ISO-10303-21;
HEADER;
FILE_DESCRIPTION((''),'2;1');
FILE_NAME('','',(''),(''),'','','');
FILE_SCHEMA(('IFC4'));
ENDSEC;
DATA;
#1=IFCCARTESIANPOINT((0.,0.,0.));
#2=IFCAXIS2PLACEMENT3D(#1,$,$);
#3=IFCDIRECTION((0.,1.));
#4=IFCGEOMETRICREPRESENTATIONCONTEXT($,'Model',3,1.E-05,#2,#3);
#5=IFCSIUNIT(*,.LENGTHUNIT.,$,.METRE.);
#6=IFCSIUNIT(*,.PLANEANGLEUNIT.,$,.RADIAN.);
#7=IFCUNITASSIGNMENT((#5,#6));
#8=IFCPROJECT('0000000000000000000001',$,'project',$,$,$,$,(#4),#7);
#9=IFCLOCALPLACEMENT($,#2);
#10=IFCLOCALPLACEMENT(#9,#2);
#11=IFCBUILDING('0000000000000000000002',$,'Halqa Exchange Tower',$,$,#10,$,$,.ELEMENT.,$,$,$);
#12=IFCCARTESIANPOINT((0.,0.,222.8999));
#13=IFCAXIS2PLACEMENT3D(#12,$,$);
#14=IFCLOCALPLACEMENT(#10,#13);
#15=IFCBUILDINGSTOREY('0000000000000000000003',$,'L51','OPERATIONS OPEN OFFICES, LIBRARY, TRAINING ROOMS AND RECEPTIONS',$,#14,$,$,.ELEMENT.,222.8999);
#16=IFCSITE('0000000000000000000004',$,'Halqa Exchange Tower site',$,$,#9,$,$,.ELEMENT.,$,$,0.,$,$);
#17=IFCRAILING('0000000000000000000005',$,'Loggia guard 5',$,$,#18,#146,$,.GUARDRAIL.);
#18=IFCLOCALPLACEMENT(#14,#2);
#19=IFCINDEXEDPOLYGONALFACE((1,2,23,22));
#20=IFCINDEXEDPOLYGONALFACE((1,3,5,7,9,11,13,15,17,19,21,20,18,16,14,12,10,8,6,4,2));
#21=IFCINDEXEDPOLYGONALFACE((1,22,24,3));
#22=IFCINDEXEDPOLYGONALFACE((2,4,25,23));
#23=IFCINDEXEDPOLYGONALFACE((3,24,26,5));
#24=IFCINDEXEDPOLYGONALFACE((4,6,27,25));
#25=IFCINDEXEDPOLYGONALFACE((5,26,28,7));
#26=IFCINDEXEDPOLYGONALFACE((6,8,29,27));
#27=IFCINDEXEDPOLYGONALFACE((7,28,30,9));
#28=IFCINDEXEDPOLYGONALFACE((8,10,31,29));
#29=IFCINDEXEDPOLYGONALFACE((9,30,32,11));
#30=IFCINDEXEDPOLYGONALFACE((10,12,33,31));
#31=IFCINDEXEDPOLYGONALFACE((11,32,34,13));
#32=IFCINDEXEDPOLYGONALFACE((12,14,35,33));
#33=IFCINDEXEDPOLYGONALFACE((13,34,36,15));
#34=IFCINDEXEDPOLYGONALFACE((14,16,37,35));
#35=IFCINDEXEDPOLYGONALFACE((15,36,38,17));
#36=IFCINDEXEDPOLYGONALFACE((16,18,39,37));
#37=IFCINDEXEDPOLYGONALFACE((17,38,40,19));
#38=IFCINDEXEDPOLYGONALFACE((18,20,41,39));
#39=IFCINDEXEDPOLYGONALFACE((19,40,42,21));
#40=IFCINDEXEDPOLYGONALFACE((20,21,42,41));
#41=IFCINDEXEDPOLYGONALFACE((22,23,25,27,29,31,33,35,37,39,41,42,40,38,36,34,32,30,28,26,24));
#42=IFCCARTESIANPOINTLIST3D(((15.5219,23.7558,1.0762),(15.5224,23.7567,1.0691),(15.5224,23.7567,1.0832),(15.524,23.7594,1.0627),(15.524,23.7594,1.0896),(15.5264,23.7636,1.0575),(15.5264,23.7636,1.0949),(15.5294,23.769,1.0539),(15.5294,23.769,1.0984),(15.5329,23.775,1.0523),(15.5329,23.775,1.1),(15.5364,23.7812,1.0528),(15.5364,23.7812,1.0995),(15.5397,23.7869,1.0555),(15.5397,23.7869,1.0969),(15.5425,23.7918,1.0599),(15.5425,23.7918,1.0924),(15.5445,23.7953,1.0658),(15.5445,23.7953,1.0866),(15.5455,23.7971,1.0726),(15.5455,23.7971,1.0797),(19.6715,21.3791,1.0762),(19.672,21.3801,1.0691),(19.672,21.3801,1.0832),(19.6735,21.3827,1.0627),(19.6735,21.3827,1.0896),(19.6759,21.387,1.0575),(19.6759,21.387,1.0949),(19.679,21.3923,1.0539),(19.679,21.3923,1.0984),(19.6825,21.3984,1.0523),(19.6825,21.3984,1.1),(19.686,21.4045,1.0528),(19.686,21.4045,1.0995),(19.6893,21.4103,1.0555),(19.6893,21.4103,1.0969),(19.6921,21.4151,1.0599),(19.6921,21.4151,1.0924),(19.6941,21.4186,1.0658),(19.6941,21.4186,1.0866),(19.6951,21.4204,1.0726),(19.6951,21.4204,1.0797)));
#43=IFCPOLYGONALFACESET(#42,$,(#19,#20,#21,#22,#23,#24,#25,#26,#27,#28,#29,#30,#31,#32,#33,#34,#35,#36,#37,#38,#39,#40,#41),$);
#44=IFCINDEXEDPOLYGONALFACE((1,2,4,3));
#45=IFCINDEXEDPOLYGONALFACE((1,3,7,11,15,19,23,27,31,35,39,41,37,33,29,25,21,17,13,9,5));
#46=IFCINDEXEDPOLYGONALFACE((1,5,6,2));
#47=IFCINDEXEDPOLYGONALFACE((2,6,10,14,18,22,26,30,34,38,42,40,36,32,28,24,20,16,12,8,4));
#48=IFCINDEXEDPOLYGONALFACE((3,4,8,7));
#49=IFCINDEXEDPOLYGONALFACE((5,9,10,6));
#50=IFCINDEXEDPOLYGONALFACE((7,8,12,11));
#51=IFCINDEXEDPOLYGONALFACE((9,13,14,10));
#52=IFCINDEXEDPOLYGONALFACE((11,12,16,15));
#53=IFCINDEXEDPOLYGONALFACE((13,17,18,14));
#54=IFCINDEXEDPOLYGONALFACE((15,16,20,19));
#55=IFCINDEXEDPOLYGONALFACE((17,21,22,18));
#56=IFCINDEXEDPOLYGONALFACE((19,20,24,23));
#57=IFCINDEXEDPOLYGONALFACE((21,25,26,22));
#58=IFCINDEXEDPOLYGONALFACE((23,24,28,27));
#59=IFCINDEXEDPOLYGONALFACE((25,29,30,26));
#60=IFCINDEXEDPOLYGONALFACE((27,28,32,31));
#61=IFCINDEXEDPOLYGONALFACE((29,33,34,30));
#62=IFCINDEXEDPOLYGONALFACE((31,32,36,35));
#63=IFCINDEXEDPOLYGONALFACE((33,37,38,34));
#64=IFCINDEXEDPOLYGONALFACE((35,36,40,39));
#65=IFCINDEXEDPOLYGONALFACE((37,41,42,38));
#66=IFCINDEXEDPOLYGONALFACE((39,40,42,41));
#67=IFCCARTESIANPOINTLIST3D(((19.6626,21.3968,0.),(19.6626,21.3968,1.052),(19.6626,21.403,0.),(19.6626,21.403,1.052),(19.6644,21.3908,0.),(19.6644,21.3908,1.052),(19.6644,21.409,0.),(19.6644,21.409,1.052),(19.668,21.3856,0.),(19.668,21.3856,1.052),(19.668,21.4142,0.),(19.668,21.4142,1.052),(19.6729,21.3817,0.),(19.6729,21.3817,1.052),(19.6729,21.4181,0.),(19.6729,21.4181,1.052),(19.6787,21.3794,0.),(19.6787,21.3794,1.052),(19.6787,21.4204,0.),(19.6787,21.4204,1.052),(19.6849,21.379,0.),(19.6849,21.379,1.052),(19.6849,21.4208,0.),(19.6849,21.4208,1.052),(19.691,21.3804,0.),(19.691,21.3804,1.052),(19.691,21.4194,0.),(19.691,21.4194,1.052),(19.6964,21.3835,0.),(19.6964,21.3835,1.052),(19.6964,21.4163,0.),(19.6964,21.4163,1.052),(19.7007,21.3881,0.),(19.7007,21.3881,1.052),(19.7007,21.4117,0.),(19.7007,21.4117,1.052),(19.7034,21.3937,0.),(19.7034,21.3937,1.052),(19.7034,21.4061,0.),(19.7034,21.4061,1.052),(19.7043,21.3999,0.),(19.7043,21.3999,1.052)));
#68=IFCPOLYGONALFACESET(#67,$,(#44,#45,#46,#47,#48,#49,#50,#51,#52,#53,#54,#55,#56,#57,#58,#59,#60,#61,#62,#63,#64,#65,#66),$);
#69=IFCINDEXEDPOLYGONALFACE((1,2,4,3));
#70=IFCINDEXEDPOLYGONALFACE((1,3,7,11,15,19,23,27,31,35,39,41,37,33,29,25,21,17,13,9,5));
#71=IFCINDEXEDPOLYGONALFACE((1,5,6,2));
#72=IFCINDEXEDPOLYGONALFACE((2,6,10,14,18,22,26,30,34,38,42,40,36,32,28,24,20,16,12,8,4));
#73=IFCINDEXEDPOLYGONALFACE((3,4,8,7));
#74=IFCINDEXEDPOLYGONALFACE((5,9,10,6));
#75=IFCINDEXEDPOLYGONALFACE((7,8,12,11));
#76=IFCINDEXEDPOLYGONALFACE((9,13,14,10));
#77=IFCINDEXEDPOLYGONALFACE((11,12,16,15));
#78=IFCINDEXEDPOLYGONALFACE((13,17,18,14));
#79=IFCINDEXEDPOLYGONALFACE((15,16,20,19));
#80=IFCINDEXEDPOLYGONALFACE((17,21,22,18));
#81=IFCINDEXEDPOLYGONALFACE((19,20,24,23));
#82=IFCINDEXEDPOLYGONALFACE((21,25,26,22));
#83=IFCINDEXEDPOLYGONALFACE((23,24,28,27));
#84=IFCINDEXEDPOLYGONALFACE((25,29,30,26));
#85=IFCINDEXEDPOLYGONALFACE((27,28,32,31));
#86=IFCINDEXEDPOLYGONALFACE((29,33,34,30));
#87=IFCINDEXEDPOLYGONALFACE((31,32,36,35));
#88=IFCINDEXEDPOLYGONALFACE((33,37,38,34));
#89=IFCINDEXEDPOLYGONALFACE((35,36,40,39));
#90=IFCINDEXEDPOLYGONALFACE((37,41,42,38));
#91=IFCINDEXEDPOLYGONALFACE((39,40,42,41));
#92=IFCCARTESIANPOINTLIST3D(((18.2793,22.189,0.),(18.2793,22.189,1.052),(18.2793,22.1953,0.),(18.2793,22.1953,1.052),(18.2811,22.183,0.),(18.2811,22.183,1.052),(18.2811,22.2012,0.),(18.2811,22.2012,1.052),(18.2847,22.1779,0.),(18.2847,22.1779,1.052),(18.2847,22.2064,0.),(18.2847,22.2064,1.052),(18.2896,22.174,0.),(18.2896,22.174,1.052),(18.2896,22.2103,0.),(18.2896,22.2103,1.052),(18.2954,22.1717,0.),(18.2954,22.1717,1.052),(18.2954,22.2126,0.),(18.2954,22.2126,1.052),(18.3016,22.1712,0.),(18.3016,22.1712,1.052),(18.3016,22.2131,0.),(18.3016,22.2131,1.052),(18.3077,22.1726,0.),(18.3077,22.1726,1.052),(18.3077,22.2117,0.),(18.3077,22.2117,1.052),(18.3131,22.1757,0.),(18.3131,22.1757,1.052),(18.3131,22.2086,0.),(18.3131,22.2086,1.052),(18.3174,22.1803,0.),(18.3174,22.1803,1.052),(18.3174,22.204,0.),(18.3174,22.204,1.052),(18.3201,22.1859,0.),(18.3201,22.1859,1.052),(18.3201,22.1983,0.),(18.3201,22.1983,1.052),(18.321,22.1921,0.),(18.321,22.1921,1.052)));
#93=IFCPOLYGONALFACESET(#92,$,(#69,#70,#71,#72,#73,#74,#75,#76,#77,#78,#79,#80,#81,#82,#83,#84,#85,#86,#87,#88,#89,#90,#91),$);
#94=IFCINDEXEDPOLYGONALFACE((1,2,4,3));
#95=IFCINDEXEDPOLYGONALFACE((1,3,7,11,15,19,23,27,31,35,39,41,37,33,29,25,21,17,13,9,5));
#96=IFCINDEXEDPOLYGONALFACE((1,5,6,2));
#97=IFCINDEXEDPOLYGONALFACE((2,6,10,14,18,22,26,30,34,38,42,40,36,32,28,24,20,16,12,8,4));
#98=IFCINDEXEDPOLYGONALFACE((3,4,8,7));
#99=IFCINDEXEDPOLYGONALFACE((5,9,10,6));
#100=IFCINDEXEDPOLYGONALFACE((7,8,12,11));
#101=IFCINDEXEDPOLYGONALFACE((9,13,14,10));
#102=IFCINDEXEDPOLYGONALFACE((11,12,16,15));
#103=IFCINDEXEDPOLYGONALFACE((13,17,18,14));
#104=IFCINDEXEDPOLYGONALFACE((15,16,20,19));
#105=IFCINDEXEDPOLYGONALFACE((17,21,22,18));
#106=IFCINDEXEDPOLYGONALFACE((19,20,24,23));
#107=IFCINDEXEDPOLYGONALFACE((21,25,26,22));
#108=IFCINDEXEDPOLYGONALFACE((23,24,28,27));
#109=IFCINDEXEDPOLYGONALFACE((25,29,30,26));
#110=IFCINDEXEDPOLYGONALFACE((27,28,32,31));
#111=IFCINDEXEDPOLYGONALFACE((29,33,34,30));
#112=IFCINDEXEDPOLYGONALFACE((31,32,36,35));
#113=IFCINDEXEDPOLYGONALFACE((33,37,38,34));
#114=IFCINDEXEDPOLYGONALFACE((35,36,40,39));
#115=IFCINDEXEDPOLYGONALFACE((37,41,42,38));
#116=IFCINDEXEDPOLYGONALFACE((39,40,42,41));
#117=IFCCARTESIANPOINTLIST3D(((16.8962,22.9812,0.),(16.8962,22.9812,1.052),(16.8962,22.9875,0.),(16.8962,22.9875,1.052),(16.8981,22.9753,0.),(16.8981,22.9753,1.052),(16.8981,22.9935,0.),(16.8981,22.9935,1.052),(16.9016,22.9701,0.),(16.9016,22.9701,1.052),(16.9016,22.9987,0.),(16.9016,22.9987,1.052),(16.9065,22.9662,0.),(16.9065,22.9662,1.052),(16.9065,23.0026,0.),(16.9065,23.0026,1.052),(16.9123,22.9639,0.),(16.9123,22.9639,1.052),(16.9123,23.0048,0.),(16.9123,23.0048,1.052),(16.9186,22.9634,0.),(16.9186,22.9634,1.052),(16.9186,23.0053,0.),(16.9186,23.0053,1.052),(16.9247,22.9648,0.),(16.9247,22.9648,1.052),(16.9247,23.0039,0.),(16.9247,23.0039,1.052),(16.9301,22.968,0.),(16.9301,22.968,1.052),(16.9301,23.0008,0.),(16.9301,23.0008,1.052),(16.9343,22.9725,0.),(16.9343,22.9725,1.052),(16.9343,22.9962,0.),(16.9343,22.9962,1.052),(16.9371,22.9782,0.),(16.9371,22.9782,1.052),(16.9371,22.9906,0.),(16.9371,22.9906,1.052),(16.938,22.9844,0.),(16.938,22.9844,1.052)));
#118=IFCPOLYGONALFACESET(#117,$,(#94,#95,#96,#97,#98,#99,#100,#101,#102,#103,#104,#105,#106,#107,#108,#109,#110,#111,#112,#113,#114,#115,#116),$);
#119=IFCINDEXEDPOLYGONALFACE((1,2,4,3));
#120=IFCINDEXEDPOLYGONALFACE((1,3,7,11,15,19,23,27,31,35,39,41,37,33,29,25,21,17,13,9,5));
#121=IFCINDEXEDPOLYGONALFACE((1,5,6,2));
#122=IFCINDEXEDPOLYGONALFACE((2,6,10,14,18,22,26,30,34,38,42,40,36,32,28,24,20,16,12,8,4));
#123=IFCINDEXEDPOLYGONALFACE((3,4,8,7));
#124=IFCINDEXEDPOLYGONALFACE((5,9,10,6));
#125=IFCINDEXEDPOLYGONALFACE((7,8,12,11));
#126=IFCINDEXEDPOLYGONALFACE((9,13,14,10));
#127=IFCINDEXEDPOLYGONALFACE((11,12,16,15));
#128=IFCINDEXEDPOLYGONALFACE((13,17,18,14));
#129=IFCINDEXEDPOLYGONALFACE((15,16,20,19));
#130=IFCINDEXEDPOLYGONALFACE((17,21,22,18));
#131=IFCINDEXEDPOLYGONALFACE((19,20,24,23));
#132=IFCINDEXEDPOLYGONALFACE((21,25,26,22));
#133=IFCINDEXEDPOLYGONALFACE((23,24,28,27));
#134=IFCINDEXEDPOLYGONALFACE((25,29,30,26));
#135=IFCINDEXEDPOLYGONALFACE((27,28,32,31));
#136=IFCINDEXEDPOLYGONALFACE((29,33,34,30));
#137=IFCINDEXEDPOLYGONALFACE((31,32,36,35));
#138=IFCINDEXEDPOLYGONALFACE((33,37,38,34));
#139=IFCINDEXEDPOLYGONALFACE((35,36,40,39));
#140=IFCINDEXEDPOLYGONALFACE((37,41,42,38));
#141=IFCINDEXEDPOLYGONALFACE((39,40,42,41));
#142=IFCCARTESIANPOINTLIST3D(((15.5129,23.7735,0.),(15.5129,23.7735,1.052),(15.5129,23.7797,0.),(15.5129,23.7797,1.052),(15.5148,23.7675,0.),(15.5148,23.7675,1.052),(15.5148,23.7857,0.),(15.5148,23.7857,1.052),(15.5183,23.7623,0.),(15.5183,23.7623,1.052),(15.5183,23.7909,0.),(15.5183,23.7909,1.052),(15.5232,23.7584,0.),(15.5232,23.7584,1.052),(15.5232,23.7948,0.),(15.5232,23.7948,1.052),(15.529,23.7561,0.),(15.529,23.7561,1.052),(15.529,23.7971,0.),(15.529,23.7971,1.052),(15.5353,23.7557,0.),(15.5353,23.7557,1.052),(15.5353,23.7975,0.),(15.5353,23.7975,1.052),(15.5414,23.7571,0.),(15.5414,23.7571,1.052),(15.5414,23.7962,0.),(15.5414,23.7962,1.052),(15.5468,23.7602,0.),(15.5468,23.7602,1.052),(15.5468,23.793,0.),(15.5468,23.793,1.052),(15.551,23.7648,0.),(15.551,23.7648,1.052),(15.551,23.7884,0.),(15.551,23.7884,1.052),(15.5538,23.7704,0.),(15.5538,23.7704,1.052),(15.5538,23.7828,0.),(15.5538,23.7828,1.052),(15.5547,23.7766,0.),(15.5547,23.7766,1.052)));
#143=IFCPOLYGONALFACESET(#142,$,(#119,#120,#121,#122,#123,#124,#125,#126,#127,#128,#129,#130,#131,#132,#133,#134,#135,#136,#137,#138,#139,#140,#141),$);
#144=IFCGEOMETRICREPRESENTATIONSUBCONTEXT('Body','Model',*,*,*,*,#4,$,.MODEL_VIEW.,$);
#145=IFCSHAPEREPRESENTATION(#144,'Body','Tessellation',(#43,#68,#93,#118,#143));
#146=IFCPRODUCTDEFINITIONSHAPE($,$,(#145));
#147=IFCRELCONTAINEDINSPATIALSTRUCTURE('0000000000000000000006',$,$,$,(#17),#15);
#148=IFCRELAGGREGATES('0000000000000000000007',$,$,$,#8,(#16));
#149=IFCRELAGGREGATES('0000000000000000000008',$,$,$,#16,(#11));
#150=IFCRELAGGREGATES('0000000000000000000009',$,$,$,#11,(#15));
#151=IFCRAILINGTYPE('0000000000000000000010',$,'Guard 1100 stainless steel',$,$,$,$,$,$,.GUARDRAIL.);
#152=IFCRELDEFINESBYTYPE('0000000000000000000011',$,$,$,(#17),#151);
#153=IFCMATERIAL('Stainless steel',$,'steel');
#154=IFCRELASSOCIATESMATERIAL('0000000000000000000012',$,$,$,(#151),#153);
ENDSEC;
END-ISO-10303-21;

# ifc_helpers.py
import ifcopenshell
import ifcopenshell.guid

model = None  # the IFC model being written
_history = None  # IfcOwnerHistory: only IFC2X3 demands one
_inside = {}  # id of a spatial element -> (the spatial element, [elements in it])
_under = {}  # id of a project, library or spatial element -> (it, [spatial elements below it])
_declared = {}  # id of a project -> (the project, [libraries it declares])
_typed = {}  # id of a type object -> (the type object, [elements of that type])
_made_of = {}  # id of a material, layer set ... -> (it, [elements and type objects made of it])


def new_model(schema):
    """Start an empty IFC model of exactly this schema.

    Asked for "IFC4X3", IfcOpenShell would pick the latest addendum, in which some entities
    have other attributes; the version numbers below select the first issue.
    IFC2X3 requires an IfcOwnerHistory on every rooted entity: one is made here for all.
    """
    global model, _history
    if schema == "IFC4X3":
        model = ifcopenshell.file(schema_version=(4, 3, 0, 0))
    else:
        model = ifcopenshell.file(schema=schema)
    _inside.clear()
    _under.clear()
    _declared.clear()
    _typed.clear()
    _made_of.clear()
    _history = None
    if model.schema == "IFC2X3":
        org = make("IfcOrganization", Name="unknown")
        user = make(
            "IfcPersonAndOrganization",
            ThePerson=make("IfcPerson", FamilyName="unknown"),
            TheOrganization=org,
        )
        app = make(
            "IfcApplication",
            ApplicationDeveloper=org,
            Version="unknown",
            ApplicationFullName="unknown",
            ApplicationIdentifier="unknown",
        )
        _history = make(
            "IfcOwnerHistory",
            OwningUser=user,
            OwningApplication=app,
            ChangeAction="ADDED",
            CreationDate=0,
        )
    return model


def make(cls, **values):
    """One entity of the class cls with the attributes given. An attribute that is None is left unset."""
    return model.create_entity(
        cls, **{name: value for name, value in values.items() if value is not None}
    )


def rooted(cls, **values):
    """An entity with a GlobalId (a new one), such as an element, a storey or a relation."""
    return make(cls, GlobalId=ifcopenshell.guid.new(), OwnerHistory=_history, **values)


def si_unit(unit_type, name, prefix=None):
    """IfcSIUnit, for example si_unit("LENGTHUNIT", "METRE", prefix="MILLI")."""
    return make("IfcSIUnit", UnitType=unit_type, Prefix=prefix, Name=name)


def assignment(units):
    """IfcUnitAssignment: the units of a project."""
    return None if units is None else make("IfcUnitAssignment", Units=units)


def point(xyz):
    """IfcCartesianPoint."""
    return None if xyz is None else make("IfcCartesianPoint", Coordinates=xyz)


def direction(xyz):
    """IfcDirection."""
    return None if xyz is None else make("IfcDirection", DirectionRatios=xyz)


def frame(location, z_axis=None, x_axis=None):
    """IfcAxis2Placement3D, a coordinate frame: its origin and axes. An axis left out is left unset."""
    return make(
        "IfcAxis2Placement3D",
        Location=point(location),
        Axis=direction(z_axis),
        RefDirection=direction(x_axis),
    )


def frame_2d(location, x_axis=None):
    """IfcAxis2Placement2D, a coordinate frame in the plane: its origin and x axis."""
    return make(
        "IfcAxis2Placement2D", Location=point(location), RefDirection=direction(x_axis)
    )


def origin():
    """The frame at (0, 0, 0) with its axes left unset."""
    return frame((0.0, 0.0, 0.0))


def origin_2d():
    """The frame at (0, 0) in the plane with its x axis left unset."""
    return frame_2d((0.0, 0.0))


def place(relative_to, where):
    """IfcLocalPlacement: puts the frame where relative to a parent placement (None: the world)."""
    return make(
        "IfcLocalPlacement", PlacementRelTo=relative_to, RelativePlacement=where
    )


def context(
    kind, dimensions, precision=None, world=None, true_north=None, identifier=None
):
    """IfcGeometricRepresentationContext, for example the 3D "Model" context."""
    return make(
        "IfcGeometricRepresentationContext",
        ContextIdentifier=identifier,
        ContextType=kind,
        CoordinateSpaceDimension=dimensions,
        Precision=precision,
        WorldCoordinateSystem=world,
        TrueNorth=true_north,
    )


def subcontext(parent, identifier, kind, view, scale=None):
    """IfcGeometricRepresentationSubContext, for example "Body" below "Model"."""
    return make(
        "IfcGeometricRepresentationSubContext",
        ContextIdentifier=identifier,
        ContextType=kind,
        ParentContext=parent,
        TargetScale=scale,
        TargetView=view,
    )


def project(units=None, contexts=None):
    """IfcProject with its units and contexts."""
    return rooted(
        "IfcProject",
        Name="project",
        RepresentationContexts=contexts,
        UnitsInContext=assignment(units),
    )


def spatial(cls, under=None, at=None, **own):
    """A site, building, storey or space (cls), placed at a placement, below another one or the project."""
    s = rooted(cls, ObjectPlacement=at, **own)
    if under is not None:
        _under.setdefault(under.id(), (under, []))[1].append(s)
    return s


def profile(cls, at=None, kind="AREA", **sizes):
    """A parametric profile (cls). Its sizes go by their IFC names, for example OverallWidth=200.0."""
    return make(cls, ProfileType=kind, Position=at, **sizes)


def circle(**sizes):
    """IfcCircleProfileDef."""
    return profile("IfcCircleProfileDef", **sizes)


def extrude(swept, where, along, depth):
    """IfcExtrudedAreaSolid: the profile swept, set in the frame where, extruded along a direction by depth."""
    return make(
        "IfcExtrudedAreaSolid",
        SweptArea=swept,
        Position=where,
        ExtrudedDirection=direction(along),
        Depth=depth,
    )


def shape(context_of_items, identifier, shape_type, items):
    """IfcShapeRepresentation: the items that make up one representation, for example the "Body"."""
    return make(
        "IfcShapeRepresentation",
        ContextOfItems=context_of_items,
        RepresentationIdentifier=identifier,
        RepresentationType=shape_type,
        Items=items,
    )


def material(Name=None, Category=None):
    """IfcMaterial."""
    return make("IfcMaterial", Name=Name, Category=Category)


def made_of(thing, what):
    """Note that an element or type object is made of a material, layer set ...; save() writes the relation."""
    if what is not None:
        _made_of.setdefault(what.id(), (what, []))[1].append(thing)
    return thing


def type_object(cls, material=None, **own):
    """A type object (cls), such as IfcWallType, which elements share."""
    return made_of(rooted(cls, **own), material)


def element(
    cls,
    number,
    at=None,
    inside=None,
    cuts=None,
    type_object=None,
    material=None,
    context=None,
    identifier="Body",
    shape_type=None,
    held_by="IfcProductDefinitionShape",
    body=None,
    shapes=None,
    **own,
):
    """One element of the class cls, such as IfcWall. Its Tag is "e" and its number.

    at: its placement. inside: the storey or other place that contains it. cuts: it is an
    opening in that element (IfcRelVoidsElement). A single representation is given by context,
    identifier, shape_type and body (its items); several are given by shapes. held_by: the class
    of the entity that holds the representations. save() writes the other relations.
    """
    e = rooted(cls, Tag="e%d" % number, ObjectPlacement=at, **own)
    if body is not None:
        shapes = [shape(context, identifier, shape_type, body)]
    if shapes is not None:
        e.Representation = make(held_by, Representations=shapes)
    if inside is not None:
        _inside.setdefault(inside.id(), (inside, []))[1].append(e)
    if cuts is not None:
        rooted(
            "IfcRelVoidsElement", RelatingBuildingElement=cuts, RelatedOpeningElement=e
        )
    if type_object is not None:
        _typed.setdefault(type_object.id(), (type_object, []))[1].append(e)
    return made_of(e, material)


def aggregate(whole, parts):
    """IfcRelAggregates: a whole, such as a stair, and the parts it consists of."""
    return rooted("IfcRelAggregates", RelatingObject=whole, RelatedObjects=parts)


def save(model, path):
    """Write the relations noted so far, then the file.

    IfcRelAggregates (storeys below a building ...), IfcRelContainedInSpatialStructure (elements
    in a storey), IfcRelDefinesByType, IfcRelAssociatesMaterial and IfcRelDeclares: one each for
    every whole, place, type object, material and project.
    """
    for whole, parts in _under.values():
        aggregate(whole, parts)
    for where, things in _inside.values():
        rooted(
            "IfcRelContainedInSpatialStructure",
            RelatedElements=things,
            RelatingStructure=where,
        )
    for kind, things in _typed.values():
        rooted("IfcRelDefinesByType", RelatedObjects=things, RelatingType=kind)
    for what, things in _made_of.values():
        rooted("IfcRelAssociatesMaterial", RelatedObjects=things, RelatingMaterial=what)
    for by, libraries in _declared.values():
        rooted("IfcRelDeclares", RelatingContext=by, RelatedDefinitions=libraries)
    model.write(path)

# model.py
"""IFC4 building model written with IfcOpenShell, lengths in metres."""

from ifc_helpers import new_model, si_unit, direction, frame, origin, origin_2d, place, context, subcontext, project, spatial, circle, extrude, material, type_object, element, save


model = new_model("IFC4")

# Units and contexts
model_context = context("Model", 3, precision=1e-05, world=origin(), true_north=direction((0.0, 1.0)))
body_context = subcontext(model_context, "Body", "Model", "MODEL_VIEW")
ifc_project = project(units=[si_unit("LENGTHUNIT", "METRE"), si_unit("PLANEANGLEUNIT", "RADIAN")], contexts=[model_context])

# Site, building, storey
site_placement = place(None, origin())
site = spatial("IfcSite", under=ifc_project, at=site_placement, Name="Halqa Exchange Tower site", CompositionType="ELEMENT", RefElevation=0.0)
building_placement = place(site_placement, origin())
building = spatial("IfcBuilding", under=site, at=building_placement, Name="Halqa Exchange Tower", CompositionType="ELEMENT")
storey_placement = place(building_placement, frame((0.0, 0.0, 222.8999)))
storey = spatial("IfcBuildingStorey", under=building, at=storey_placement, Name="L51", Description="OPERATIONS OPEN OFFICES, LIBRARY, TRAINING ROOMS AND RECEPTIONS", CompositionType="ELEMENT", Elevation=222.8999)

# Railing
ifc_material_1 = material(Name="Stainless steel", Category="steel")
railing_type = type_object("IfcRailingType", Name="Guard 1100 stainless steel", PredefinedType="GUARDRAIL", material=ifc_material_1)
railing_1_placement = place(storey_placement, frame((19.6833, 21.3999, 0.0)))
element("IfcRailing", 1, at=railing_1_placement, inside=storey, type_object=railing_type, Name="Loggia guard 5", PredefinedType="GUARDRAIL", context=body_context, shape_type="SweptSolid", body=[
    extrude(circle(Radius=0.0239, at=origin_2d()), frame((0.0, 0.0, 1.0762), z_axis=(-0.867749, 0.497002, 0.0), x_axis=(-0.497002, -0.867749, 0.0)), (0.0, 0.0, 1.0), 4.782),
    extrude(circle(Radius=0.021, at=origin_2d()), origin(), (0.0, 0.0, 1.0), 1.052),
    extrude(circle(Radius=0.021, at=origin_2d()), frame((-1.3833, 0.7922, 0.0)), (0.0, 0.0, 1.0), 1.052),
    extrude(circle(Radius=0.021, at=origin_2d()), frame((-2.7664, 1.5845, 0.0)), (0.0, 0.0, 1.0), 1.052),
    extrude(circle(Radius=0.021, at=origin_2d()), frame((-4.1497, 2.3767, 0.0)), (0.0, 0.0, 1.0), 1.052),
])

save(model, "model.ifc")
